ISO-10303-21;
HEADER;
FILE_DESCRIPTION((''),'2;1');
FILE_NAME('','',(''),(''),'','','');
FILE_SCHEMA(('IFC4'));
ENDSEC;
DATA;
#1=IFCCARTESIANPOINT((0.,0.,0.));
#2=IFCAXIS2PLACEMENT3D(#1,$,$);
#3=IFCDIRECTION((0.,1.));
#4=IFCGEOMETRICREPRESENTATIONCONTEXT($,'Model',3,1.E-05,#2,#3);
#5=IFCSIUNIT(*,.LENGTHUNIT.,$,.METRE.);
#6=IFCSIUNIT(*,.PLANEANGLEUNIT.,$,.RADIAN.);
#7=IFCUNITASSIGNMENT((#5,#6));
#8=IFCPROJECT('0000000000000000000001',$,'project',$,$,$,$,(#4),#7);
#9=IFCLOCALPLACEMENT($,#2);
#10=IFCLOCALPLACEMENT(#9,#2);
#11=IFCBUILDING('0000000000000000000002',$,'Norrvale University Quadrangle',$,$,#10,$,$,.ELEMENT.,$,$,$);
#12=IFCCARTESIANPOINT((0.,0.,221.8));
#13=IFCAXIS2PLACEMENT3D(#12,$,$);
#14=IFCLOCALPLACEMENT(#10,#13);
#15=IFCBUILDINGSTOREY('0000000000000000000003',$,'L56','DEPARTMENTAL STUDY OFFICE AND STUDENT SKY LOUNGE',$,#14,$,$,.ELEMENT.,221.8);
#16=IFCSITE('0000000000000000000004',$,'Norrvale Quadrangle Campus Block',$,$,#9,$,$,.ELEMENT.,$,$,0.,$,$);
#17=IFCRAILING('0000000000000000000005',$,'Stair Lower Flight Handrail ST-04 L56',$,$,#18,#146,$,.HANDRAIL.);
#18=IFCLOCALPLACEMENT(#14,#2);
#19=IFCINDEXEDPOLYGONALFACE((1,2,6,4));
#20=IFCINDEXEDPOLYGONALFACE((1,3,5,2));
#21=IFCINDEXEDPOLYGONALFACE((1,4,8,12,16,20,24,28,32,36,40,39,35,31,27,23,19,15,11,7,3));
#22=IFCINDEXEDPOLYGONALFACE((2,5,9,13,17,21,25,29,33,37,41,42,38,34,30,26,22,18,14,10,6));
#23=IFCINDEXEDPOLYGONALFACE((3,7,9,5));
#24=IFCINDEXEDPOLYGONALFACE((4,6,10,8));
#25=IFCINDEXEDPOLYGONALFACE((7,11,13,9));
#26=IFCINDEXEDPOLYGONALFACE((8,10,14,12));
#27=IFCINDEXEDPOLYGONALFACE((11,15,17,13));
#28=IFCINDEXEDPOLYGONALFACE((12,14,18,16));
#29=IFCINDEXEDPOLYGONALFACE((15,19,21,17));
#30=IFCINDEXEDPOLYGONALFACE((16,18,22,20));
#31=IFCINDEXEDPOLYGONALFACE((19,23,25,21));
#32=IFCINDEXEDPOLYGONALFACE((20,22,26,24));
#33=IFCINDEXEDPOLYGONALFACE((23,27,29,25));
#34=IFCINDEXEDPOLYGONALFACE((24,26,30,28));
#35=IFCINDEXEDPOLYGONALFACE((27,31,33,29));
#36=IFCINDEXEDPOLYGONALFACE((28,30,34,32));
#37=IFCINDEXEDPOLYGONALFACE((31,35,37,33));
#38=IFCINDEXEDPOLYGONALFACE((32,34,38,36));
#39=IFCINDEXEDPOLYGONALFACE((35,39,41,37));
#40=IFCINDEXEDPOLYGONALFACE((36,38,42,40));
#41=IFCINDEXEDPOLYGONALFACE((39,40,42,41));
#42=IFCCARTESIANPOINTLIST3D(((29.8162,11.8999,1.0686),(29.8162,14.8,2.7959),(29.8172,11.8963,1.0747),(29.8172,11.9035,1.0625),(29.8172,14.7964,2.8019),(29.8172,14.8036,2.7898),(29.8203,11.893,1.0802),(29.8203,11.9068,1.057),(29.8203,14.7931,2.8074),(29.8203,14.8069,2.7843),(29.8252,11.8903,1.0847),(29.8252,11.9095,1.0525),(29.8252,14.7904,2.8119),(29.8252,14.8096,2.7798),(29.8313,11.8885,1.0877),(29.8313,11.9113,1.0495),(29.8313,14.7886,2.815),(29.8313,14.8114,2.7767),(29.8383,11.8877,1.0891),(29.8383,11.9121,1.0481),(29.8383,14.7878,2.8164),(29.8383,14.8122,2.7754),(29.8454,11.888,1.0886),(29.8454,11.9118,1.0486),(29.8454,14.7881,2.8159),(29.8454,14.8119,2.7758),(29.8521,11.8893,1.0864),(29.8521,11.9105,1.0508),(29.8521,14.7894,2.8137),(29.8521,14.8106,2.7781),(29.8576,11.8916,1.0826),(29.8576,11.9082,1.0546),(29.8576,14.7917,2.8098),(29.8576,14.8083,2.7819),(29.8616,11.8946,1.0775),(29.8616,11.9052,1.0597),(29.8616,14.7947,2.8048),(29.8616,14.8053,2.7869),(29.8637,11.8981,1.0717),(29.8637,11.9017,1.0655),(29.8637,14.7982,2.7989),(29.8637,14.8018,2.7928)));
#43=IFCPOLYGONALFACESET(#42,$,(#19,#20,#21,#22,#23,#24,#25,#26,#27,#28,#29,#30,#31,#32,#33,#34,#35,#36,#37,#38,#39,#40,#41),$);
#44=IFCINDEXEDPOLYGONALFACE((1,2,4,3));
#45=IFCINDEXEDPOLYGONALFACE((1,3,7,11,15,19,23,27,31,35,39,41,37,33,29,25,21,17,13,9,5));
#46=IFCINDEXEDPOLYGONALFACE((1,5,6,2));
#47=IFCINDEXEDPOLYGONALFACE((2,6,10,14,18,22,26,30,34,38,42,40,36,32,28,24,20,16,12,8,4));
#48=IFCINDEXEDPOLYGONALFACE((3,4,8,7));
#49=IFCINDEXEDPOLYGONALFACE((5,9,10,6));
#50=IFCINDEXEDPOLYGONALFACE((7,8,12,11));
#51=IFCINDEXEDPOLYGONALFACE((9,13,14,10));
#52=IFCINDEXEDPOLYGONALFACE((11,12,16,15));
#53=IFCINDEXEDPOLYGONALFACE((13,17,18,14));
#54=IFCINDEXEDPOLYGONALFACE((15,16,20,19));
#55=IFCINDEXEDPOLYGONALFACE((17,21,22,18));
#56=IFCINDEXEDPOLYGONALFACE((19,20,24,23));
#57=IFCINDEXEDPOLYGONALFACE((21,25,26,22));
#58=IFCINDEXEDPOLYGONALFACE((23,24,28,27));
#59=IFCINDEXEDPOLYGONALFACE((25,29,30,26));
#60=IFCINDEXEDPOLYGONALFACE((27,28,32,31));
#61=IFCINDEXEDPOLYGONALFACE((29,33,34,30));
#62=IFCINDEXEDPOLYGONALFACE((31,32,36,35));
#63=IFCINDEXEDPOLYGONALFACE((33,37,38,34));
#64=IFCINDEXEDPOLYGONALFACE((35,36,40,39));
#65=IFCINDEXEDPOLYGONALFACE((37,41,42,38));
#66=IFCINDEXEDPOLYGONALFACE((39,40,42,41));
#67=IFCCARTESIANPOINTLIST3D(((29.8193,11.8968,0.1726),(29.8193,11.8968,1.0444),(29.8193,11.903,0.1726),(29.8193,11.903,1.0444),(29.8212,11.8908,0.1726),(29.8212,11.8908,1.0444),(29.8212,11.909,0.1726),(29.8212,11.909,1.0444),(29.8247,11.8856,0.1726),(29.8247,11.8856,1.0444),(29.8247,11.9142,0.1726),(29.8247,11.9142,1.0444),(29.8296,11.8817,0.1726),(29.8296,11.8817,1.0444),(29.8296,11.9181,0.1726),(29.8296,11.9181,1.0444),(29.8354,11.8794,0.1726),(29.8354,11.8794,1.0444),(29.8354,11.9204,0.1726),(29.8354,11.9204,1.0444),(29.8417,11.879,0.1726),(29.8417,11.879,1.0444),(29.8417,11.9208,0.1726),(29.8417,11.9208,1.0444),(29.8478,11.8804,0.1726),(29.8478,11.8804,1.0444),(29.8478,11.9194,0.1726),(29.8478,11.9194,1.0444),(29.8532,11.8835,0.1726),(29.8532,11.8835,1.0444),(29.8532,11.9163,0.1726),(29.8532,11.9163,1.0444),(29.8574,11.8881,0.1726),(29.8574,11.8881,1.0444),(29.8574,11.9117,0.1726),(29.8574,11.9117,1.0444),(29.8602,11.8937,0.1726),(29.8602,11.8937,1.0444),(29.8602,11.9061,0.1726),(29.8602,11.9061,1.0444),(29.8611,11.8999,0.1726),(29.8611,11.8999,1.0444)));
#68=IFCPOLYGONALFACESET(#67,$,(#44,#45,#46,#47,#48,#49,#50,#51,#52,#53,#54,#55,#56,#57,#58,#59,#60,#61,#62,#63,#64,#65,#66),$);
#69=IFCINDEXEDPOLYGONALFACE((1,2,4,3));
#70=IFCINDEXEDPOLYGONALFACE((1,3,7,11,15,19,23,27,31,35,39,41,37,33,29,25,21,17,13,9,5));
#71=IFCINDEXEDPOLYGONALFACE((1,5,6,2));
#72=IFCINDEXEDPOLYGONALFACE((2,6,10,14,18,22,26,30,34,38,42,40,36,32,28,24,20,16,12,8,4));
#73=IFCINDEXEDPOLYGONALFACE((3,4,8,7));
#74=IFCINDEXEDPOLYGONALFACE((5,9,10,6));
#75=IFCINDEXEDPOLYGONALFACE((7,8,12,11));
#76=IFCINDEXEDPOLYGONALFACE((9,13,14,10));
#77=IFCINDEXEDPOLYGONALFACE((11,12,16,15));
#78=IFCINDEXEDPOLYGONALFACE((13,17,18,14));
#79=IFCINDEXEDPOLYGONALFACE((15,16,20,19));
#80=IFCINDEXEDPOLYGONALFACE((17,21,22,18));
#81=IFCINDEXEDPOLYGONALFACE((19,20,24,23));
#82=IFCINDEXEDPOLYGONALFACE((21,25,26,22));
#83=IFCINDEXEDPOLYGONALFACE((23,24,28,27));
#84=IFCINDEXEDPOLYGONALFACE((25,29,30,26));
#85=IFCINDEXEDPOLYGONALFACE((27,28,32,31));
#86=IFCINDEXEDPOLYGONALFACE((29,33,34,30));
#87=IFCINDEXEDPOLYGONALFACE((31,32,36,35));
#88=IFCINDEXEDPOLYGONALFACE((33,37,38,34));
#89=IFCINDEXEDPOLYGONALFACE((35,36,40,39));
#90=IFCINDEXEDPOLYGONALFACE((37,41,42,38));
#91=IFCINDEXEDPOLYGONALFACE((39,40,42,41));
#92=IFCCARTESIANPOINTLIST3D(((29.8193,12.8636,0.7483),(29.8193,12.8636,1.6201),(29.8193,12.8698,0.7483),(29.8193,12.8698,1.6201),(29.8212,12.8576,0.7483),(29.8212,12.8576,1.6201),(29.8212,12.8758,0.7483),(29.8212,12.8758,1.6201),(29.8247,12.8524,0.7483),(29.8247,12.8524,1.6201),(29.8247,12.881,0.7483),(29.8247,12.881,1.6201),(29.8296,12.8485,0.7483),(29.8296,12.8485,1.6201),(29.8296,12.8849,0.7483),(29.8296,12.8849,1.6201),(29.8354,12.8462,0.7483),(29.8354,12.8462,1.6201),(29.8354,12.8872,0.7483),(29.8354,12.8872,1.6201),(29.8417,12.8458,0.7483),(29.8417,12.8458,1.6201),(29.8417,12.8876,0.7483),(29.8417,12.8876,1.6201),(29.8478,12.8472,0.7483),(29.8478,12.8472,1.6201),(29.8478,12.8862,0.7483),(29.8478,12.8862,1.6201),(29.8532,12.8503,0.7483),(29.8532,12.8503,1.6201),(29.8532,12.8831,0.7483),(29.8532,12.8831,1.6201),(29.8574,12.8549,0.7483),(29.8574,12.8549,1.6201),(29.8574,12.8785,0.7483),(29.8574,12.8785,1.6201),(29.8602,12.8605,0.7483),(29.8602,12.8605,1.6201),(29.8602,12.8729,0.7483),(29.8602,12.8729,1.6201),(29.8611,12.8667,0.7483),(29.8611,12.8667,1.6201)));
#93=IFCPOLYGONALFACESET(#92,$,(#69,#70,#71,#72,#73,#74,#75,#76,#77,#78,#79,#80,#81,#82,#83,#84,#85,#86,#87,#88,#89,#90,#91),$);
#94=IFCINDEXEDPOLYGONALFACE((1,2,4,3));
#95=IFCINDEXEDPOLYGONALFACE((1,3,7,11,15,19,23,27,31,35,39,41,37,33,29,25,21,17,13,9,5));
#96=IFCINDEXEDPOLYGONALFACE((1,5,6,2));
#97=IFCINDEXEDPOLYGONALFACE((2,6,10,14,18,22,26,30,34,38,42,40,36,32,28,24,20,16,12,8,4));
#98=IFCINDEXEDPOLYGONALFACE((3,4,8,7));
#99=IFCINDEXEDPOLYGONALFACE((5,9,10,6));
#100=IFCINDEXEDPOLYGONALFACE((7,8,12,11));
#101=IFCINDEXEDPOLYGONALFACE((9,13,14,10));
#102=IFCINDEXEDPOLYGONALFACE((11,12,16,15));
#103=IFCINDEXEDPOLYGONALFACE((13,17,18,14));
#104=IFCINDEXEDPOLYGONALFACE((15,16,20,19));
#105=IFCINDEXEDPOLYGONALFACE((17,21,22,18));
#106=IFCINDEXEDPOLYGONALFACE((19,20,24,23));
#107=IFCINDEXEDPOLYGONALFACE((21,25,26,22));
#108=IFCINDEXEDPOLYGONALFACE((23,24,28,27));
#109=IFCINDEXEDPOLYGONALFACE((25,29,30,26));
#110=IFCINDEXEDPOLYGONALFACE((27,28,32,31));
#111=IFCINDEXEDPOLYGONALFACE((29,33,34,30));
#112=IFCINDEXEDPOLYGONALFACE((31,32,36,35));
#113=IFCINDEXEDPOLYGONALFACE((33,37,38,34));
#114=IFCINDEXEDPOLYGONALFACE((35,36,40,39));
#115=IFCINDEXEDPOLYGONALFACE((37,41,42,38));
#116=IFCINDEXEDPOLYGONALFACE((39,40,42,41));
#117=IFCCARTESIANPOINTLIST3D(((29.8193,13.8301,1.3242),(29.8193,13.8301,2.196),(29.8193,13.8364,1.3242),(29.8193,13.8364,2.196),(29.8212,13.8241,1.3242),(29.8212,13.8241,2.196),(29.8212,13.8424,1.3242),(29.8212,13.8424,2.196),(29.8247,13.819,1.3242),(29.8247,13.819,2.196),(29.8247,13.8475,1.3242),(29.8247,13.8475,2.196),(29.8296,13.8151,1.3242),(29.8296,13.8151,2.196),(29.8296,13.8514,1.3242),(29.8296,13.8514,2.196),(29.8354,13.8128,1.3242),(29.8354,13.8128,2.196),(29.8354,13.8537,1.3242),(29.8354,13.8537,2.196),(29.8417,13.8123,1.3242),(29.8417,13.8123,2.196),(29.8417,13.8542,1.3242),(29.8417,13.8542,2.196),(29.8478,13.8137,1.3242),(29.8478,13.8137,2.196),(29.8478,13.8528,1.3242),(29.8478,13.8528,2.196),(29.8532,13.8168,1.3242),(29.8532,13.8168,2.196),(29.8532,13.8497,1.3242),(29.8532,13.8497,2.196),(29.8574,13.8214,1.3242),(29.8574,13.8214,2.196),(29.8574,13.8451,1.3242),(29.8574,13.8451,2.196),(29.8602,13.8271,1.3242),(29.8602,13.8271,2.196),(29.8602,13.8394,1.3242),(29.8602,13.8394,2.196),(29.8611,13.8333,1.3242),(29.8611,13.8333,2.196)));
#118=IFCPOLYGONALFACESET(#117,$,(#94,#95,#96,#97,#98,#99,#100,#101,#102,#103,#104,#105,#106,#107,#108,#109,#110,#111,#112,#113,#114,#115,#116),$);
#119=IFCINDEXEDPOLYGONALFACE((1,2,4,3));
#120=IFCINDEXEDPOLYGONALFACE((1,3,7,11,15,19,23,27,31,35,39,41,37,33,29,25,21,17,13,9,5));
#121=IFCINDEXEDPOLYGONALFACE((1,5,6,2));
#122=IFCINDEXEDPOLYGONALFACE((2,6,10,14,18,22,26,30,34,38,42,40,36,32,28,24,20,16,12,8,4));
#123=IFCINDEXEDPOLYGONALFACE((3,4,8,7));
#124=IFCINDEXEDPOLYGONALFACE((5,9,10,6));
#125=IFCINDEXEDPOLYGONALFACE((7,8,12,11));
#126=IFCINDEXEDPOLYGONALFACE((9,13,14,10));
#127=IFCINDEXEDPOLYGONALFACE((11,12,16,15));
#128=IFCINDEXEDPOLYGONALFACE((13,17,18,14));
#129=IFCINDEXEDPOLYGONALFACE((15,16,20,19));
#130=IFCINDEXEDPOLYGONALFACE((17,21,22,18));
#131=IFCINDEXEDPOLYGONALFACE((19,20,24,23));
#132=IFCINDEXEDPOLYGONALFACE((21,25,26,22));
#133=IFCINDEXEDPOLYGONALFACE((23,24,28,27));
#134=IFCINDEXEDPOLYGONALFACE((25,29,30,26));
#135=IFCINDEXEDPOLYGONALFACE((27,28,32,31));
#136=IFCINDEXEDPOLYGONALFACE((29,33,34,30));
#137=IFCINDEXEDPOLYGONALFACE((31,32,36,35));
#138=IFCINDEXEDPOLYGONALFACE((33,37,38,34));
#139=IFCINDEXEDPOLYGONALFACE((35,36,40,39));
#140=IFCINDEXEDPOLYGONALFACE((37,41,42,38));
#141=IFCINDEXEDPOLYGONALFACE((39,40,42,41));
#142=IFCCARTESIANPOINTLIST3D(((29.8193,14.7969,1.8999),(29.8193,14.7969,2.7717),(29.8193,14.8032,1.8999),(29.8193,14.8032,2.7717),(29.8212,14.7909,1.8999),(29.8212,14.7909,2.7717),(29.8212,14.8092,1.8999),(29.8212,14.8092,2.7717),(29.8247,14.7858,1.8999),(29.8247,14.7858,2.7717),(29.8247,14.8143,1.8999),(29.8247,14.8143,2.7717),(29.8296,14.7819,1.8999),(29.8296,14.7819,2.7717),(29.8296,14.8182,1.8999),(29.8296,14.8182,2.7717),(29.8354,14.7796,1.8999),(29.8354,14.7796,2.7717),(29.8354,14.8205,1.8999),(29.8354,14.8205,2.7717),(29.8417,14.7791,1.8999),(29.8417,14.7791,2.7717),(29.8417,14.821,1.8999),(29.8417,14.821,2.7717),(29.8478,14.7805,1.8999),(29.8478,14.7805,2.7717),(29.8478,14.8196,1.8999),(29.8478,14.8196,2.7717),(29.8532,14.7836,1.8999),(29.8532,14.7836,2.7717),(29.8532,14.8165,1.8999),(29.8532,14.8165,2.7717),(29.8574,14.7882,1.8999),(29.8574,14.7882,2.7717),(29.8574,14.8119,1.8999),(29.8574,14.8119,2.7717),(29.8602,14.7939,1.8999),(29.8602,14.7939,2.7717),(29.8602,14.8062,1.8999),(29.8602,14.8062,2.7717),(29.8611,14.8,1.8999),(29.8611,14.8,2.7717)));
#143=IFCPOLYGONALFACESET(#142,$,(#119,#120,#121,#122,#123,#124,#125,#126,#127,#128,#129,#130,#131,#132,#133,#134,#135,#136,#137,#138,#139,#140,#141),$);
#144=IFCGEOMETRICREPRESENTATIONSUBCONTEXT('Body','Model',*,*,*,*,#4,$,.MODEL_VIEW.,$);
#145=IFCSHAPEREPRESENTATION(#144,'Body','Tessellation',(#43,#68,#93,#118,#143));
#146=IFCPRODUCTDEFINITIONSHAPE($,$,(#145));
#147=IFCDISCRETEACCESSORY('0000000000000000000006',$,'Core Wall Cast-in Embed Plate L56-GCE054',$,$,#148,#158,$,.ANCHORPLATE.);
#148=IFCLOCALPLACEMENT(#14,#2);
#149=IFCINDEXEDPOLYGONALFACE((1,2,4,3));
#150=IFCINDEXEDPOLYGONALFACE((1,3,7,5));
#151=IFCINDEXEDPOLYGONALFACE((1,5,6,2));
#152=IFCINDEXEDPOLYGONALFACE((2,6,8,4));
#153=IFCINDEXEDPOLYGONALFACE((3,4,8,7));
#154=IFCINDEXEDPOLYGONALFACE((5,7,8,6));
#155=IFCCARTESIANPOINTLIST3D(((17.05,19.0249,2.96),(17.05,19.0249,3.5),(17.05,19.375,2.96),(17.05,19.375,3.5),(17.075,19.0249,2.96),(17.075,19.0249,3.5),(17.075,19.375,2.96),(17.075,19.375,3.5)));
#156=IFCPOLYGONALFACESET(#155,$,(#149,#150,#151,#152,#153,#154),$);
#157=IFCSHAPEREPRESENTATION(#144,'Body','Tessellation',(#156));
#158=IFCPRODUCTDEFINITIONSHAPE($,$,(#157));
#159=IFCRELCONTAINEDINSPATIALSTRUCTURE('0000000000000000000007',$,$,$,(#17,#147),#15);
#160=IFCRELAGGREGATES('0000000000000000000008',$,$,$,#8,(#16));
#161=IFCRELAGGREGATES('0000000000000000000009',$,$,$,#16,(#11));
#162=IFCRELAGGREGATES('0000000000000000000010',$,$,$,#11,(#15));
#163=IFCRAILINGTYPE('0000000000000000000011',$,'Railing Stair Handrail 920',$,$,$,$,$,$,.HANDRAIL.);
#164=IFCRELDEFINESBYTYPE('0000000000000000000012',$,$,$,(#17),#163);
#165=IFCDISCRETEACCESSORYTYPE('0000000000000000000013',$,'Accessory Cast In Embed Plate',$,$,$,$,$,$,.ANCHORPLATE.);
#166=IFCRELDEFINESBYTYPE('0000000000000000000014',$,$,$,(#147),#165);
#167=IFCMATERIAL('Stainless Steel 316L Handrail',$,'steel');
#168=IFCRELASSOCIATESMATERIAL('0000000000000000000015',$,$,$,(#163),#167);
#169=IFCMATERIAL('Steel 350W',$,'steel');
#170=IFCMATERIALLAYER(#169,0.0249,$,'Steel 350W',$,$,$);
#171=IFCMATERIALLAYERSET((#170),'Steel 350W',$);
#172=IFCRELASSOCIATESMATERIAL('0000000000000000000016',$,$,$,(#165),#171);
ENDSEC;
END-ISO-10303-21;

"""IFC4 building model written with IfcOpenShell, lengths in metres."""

from ifc_helpers import new_model, si_unit, direction, frame, origin, origin_2d, place, context, subcontext, project, spatial, rectangle, circle, extrude, material, layer, layer_set, type_object, element, save


model = new_model("IFC4")

# Units and contexts
model_context = context("Model", 3, precision=1e-05, world=origin(), true_north=direction((0.0, 1.0)))
body_context = subcontext(model_context, "Body", "Model", "MODEL_VIEW")
ifc_project = project(units=[si_unit("LENGTHUNIT", "METRE"), si_unit("PLANEANGLEUNIT", "RADIAN")], contexts=[model_context])

# Site, building, storey
site_placement = place(None, origin())
site = spatial("IfcSite", under=ifc_project, at=site_placement, Name="Norrvale Quadrangle Campus Block", CompositionType="ELEMENT", RefElevation=0.0)
building_placement = place(site_placement, origin())
building = spatial("IfcBuilding", under=site, at=building_placement, Name="Norrvale University Quadrangle", CompositionType="ELEMENT")
storey_placement = place(building_placement, frame((0.0, 0.0, 221.8)))
storey = spatial("IfcBuildingStorey", under=building, at=storey_placement, Name="L56", Description="DEPARTMENTAL STUDY OFFICE AND STUDENT SKY LOUNGE", CompositionType="ELEMENT", Elevation=221.8)

# Shared definitions
ifc_material_1 = material(Name="Steel 350W", Category="steel")

# Railing
ifc_material_2 = material(Name="Stainless Steel 316L Handrail", Category="steel")
railing_type_1 = type_object("IfcRailingType", Name="Railing Stair Handrail 920", PredefinedType="HANDRAIL", material=ifc_material_2)
railing_1_placement = place(storey_placement, frame((29.8401, 11.8999, 0.1726)))
element("IfcRailing", 1, at=railing_1_placement, inside=storey, type_object=railing_type_1, Name="Stair Lower Flight Handrail ST-04 L56", PredefinedType="HANDRAIL", context=body_context, shape_type="SweptSolid", body=[
    extrude(circle(Radius=0.0239, at=origin_2d()), frame((0.0, 0.0, 0.896), z_axis=(0.0, 0.85916, 0.511706), x_axis=(-1.0, 0.0, 0.0)), (0.0, 0.0, 1.0), 3.3755),
    extrude(circle(Radius=0.021, at=origin_2d()), origin(), (0.0, 0.0, 1.0), 0.8718),
    extrude(circle(Radius=0.021, at=origin_2d()), frame((0.0, 0.9668, 0.5757)), (0.0, 0.0, 1.0), 0.8718),
    extrude(circle(Radius=0.021, at=origin_2d()), frame((0.0, 1.9333, 1.1516)), (0.0, 0.0, 1.0), 0.8718),
    extrude(circle(Radius=0.021, at=origin_2d()), frame((0.0, 2.9001, 1.7273)), (0.0, 0.0, 1.0), 0.8718),
])

# Discrete accessory
ifc_layer_1 = layer(ifc_material_1, 0.0249, Name="Steel 350W")
ifc_layer_set_1 = layer_set([ifc_layer_1], Name="Steel 350W")
discrete_accessory_type = type_object("IfcDiscreteAccessoryType", Name="Accessory Cast In Embed Plate", PredefinedType="ANCHORPLATE", material=ifc_layer_set_1)
discrete_accessory_placement = place(storey_placement, frame((17.0625, 19.2, 2.96), z_axis=(0.0, 0.0, 1.0), x_axis=(1.0, 0.0, 0.0)))
element("IfcDiscreteAccessory", 2, at=discrete_accessory_placement, inside=storey, type_object=discrete_accessory_type, Name="Core Wall Cast-in Embed Plate L56-GCE054", PredefinedType="ANCHORPLATE", context=body_context, shape_type="SweptSolid", body=[
    extrude(rectangle(XDim=0.0249, YDim=0.3501, at=origin_2d()), origin(), (0.0, 0.0, 1.0), 0.54),
])

save(model, "model.ifc")
